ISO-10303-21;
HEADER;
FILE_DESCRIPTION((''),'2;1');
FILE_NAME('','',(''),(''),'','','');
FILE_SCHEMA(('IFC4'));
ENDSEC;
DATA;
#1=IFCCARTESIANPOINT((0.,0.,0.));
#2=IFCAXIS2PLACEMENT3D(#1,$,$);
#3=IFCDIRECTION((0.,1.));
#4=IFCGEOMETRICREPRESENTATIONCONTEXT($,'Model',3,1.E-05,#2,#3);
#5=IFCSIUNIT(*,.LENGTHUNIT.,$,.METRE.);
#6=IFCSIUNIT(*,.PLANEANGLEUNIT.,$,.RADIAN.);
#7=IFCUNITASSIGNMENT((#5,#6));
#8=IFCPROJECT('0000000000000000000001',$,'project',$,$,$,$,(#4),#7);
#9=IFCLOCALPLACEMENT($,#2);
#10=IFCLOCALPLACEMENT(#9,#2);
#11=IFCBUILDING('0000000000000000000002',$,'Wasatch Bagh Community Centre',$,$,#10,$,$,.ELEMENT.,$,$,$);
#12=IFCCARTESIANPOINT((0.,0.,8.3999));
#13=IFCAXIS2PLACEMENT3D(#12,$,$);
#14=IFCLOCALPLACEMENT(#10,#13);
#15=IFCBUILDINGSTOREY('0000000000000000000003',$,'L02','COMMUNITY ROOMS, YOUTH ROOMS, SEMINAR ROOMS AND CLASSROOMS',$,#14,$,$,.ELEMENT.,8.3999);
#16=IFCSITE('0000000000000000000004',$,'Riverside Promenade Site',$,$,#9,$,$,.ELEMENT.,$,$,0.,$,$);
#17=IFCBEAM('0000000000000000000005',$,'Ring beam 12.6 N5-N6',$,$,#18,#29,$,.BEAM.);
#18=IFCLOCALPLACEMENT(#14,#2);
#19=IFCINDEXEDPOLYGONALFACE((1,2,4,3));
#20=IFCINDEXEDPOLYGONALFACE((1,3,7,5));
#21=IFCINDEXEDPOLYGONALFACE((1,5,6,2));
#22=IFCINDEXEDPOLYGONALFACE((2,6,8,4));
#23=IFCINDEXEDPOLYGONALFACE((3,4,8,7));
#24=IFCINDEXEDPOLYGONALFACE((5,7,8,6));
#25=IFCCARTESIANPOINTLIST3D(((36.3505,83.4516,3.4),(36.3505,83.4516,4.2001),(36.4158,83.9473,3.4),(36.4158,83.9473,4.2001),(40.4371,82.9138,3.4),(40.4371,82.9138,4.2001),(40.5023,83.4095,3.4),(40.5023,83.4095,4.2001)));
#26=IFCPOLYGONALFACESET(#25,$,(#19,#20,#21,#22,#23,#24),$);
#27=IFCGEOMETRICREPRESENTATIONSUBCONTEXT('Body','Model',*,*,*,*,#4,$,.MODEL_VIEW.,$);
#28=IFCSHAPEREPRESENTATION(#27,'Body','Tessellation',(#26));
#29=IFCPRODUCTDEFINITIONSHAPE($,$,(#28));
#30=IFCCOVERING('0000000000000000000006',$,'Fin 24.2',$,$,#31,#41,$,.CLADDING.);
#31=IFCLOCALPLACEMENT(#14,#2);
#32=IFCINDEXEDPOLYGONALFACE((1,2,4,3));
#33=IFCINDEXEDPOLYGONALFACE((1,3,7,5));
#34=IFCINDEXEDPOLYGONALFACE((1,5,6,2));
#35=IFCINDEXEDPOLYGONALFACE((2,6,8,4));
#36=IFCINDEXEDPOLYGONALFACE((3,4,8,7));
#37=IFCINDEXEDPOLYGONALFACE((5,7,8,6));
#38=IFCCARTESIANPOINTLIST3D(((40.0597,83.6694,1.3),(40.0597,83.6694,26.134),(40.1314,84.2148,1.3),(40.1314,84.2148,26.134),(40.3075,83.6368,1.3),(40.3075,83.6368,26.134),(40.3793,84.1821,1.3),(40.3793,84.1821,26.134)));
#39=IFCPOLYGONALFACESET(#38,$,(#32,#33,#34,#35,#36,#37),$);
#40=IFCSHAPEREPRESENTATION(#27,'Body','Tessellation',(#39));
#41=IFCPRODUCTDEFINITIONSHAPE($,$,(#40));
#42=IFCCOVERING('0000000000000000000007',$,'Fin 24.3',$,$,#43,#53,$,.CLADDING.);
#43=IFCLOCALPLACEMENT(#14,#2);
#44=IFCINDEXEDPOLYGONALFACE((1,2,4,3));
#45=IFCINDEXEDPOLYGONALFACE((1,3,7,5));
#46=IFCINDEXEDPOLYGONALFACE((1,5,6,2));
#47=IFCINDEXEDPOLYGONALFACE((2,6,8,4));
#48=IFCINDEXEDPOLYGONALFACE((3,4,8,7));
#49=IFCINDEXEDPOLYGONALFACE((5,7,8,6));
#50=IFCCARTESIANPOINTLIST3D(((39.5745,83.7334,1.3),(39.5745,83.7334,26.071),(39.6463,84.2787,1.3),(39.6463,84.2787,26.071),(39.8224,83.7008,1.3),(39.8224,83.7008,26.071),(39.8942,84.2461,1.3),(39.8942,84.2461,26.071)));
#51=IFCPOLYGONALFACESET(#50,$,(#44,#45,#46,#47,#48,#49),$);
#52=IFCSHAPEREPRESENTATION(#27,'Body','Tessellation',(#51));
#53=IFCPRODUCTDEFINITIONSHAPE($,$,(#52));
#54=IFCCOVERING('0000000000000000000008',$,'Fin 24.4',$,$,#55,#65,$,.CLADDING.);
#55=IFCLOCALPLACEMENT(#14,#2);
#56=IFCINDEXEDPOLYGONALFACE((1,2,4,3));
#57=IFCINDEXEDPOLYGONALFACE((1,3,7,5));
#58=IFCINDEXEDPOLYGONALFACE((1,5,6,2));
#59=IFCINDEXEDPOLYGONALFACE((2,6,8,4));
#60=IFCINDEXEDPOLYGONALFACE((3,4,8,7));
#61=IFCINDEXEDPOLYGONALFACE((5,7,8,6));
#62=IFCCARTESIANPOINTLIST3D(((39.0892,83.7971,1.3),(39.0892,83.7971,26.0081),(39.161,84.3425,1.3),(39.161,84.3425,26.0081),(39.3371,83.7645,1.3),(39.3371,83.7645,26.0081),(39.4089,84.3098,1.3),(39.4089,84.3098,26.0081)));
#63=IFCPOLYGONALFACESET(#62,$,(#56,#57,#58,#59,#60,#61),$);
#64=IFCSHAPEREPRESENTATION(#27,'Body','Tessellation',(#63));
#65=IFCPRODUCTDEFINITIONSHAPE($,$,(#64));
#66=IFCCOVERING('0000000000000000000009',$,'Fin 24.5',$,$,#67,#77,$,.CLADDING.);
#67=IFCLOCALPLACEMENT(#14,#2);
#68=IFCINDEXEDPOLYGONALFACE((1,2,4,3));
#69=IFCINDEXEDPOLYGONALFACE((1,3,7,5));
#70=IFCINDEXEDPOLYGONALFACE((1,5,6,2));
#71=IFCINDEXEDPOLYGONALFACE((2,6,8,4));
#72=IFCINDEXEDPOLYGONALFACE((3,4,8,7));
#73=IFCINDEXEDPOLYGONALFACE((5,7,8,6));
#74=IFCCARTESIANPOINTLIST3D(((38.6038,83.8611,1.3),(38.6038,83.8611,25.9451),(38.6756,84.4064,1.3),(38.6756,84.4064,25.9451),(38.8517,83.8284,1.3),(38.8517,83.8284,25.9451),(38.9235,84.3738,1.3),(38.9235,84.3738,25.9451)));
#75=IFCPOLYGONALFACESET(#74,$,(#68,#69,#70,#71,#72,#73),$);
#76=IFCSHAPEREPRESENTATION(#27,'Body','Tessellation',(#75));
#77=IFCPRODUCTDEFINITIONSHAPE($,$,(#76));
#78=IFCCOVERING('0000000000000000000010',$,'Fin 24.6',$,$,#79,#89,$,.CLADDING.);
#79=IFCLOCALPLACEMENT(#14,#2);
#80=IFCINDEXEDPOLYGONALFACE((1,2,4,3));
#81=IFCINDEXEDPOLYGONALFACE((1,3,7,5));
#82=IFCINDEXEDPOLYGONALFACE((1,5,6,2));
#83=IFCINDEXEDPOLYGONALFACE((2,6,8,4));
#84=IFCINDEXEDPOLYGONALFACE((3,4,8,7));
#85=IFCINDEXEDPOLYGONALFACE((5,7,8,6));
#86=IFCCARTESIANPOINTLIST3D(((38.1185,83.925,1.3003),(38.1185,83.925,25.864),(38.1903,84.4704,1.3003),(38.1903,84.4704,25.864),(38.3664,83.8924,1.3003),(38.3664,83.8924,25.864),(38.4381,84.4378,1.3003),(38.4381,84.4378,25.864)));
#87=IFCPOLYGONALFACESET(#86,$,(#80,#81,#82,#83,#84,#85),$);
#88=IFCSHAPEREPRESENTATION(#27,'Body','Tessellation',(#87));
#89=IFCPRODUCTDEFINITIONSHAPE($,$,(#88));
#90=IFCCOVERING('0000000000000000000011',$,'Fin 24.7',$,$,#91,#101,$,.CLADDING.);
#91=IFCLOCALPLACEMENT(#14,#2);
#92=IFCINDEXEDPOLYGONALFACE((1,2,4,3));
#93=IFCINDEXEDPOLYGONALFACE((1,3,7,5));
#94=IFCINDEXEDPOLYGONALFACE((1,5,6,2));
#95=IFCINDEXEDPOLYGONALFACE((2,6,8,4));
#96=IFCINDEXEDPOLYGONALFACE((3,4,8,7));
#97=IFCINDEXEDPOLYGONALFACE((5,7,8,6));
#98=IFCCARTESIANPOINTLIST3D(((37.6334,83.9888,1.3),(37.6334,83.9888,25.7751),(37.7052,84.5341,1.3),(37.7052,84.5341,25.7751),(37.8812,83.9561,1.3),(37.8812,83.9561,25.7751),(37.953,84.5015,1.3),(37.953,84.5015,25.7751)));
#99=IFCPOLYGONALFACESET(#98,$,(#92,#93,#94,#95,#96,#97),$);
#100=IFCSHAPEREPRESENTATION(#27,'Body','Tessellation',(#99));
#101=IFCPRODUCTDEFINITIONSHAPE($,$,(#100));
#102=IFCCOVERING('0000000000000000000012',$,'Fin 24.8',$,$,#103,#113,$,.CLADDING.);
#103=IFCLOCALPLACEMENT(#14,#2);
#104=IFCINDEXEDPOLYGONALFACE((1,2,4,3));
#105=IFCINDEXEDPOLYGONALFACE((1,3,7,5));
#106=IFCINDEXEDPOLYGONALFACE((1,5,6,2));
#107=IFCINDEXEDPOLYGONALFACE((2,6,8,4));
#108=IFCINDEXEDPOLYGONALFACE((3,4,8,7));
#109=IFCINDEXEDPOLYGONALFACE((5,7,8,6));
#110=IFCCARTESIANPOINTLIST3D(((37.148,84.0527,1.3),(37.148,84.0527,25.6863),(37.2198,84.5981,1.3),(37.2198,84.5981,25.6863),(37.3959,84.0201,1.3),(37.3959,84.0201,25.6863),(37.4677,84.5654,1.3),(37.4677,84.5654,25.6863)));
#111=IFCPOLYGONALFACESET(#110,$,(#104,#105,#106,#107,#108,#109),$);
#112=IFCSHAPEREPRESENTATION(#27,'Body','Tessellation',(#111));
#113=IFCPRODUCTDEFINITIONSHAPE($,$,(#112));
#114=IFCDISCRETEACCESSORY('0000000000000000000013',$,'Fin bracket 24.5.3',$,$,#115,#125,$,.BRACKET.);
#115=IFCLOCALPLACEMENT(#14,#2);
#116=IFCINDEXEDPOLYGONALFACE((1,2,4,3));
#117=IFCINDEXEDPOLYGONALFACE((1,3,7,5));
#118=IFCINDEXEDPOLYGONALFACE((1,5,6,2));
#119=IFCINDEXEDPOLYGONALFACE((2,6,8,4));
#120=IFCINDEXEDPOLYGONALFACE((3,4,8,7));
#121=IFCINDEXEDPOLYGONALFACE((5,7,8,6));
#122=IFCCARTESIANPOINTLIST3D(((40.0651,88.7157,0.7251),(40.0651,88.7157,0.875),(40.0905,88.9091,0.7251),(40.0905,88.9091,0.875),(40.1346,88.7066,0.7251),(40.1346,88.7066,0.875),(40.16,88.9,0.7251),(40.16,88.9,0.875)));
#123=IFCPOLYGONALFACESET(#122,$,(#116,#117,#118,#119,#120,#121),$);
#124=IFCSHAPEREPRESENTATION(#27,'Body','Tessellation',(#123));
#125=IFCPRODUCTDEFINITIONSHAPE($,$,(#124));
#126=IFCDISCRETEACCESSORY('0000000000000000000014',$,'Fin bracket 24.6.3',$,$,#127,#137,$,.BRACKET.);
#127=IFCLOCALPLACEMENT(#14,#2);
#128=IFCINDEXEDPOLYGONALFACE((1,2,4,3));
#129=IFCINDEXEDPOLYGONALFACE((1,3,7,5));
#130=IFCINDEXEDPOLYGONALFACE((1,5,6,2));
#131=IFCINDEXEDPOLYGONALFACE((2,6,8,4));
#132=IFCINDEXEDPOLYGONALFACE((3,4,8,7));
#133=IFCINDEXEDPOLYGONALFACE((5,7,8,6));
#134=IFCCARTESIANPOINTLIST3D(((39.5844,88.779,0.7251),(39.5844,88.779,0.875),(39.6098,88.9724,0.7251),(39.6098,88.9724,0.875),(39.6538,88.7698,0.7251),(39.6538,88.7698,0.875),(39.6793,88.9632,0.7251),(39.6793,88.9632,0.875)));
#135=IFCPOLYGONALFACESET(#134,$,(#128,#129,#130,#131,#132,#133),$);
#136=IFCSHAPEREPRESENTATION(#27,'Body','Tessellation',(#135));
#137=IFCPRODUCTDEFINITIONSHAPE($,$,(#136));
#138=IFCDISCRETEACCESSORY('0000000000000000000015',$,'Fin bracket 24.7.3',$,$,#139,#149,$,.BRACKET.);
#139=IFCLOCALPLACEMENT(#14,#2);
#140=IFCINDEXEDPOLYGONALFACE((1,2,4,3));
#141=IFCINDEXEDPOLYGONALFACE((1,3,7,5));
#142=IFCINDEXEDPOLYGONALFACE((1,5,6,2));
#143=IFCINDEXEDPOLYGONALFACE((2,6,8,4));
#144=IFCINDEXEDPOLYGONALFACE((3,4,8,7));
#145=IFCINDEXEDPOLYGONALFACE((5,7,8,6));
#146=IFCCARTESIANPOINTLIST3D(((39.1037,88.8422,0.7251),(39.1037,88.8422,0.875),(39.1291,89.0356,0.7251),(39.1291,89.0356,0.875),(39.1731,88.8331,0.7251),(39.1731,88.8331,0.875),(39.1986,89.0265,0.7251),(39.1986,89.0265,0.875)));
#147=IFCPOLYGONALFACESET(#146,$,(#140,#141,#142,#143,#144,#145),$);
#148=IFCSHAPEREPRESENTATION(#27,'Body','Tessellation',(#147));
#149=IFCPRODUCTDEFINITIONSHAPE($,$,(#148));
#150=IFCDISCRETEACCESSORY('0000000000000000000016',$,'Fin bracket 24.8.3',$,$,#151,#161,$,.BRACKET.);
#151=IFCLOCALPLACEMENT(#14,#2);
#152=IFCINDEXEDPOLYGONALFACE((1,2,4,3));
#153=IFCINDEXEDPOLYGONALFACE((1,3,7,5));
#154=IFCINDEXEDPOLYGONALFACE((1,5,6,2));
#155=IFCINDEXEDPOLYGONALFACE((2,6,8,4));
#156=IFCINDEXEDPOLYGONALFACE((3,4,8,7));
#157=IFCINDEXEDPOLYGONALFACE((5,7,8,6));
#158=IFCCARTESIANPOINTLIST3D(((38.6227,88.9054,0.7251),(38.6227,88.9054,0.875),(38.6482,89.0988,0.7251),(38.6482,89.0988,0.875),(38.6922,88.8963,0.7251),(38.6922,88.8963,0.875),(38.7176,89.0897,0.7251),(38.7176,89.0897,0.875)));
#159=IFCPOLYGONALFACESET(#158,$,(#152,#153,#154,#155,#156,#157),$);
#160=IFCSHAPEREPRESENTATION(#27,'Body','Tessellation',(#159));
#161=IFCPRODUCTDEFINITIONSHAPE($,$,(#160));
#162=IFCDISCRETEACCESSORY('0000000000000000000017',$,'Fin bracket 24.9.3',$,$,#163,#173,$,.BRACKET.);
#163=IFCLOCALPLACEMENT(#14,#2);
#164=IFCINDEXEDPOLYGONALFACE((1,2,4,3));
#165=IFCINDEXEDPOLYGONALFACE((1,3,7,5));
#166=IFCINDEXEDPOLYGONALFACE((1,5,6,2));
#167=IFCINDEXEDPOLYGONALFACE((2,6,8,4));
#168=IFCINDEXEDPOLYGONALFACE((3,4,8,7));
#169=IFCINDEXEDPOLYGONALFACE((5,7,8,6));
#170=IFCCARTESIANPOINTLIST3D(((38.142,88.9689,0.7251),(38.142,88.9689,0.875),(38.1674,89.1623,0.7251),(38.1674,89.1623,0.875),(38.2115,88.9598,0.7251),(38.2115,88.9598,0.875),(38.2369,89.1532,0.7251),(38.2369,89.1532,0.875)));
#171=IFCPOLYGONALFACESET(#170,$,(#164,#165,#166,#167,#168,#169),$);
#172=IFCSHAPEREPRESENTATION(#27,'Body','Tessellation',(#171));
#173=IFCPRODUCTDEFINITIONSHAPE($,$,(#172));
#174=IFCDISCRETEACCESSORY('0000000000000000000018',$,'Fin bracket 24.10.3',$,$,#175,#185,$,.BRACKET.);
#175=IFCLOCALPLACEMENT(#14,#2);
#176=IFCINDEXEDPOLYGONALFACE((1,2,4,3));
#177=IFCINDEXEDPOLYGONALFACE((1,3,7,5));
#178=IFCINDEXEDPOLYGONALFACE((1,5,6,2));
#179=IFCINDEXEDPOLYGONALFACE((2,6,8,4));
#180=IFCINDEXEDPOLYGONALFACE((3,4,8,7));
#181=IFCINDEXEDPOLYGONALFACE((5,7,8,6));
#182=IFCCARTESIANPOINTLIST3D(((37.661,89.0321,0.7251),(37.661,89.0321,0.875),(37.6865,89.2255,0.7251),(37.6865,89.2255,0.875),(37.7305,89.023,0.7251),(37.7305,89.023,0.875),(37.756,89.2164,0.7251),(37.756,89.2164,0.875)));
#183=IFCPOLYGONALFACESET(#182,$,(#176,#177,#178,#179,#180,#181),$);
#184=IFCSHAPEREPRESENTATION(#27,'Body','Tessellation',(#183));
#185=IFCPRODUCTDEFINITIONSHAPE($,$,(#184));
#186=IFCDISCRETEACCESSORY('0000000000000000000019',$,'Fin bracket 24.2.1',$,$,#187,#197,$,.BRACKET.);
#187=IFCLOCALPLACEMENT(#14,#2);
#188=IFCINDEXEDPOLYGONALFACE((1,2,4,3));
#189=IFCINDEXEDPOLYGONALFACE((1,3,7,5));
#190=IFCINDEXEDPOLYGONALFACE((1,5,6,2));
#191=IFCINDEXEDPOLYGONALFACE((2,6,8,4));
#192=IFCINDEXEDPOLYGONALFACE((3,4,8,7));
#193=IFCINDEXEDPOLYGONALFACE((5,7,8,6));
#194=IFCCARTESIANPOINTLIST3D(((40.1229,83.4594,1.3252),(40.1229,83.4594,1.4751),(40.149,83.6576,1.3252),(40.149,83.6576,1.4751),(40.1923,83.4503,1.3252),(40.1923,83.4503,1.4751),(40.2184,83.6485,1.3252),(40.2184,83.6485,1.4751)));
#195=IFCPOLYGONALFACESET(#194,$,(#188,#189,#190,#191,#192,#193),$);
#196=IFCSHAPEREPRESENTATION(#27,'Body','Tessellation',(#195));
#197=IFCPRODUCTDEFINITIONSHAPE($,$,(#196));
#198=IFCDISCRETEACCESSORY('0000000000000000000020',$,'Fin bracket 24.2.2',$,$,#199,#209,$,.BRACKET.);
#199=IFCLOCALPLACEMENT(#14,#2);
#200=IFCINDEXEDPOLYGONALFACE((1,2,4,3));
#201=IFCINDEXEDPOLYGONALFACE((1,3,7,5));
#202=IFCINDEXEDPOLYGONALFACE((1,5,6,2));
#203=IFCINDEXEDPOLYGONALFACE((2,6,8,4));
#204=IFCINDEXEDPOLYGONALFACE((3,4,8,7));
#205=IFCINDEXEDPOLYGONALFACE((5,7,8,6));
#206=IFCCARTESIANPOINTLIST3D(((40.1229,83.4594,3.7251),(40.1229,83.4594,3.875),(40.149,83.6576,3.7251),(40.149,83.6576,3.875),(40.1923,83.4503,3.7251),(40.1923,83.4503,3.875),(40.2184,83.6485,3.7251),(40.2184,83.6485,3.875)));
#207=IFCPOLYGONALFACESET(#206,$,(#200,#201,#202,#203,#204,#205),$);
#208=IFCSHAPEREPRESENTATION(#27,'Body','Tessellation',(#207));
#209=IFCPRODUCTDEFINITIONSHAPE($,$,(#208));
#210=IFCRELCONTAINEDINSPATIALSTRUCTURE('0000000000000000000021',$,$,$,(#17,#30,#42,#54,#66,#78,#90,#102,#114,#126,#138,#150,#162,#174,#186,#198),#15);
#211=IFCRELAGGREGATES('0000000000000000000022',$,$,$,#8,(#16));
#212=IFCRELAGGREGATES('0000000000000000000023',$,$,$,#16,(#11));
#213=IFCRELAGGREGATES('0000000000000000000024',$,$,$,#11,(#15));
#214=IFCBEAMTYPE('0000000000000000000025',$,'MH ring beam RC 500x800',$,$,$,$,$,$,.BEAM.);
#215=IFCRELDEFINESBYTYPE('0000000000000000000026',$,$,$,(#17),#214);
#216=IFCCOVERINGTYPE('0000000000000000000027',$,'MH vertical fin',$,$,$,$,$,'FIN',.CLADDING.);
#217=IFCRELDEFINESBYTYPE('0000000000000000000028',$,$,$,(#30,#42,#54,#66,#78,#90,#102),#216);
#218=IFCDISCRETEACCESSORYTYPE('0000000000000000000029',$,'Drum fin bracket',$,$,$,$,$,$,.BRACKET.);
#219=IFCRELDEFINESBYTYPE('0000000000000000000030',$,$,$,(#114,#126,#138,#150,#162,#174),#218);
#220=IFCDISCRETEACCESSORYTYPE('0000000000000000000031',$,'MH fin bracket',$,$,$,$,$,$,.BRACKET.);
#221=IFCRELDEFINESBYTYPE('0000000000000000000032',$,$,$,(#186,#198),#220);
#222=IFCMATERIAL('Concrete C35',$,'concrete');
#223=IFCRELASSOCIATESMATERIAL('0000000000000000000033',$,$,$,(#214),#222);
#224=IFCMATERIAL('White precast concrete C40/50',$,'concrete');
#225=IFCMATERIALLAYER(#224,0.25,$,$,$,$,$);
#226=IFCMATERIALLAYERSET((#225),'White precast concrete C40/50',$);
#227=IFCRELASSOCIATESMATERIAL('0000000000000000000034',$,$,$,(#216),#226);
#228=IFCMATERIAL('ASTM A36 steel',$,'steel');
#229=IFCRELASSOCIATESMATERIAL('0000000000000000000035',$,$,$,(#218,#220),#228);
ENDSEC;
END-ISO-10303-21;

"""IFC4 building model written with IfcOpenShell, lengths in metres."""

from ifc_helpers import new_model, si_unit, direction, frame, origin, origin_2d, place, context, subcontext, project, spatial, rectangle, extrude, material, layer, layer_set, material_profile, profile_set, type_object, element, save


model = new_model("IFC4")

# Units and contexts
model_context = context("Model", 3, precision=1e-05, world=origin(), true_north=direction((0.0, 1.0)))
body_context = subcontext(model_context, "Body", "Model", "MODEL_VIEW")
ifc_project = project(units=[si_unit("LENGTHUNIT", "METRE"), si_unit("PLANEANGLEUNIT", "RADIAN")], contexts=[model_context])

# Site, building, storey
site_placement = place(None, origin())
site = spatial("IfcSite", under=ifc_project, at=site_placement, Name="Riverside Promenade Site", CompositionType="ELEMENT", RefElevation=0.0)
building_placement = place(site_placement, origin())
building = spatial("IfcBuilding", under=site, at=building_placement, Name="Wasatch Bagh Community Centre", CompositionType="ELEMENT")
storey_placement = place(building_placement, frame((0.0, 0.0, 8.3999)))
storey = spatial("IfcBuildingStorey", under=building, at=storey_placement, Name="L02", Description="COMMUNITY ROOMS, YOUTH ROOMS, SEMINAR ROOMS AND CLASSROOMS", CompositionType="ELEMENT", Elevation=8.3999)

# Beam
ifc_material_1 = material(Name="Concrete C35", Category="concrete")
ifc_material_profile = material_profile(ifc_material_1, rectangle(XDim=0.5, YDim=0.8, at=origin_2d()), Name="RC 500x800")
ifc_profile_set = profile_set([ifc_material_profile], Name="Concrete C35")
beam_type = type_object("IfcBeamType", Name="MH ring beam RC 500x800", PredefinedType="BEAM", material=ifc_profile_set)
beam_placement = place(storey_placement, frame((40.4697, 83.1616, 3.8), z_axis=(-0.99145, 0.130484, 0.0), x_axis=(-0.130484, -0.99145, 0.0)))
element("IfcBeam", 1, at=beam_placement, inside=storey, type_object=beam_type, Name="Ring beam 12.6 N5-N6", PredefinedType="BEAM", context=body_context, shape_type="SweptSolid", body=[
    extrude(rectangle(XDim=0.5, YDim=0.8, at=origin_2d()), origin(), (0.0, 0.0, 1.0), 4.1218),
])

# Coverings
ifc_material_2 = material(Name="White precast concrete C40/50", Category="concrete")
ifc_layer = layer(ifc_material_2, 0.25)
ifc_layer_set = layer_set([ifc_layer], Name="White precast concrete C40/50")
covering_type = type_object("IfcCoveringType", Name="MH vertical fin", ElementType="FIN", PredefinedType="CLADDING", material=ifc_layer_set)
covering_1_placement = place(storey_placement, frame((40.2195, 83.9258, 1.3), z_axis=(0.0, 0.0, 1.0), x_axis=(-0.991445, 0.130526, 0.0)))
element("IfcCovering", 2, at=covering_1_placement, inside=storey, type_object=covering_type, Name="Fin 24.2", PredefinedType="CLADDING", context=body_context, shape_type="SweptSolid", body=[
    extrude(rectangle(XDim=0.25, YDim=0.55, at=origin_2d()), origin(), (0.0, 0.0, 1.0), 24.834),
])
covering_2_placement = place(storey_placement, frame((39.7344, 83.9897, 1.3), z_axis=(0.0, 0.0, 1.0), x_axis=(-0.991445, 0.130526, 0.0)))
element("IfcCovering", 3, at=covering_2_placement, inside=storey, type_object=covering_type, Name="Fin 24.3", PredefinedType="CLADDING", context=body_context, shape_type="SweptSolid", body=[
    extrude(rectangle(XDim=0.25, YDim=0.55, at=origin_2d()), origin(), (0.0, 0.0, 1.0), 24.771),
])
covering_3_placement = place(storey_placement, frame((39.249, 84.0535, 1.3), z_axis=(0.0, 0.0, 1.0), x_axis=(-0.991445, 0.130526, 0.0)))
element("IfcCovering", 4, at=covering_3_placement, inside=storey, type_object=covering_type, Name="Fin 24.4", PredefinedType="CLADDING", context=body_context, shape_type="SweptSolid", body=[
    extrude(rectangle(XDim=0.25, YDim=0.55, at=origin_2d()), origin(), (0.0, 0.0, 1.0), 24.708),
])
covering_4_placement = place(storey_placement, frame((38.7637, 84.1174, 1.3), z_axis=(0.0, 0.0, 1.0), x_axis=(-0.991445, 0.130526, 0.0)))
element("IfcCovering", 5, at=covering_4_placement, inside=storey, type_object=covering_type, Name="Fin 24.5", PredefinedType="CLADDING", context=body_context, shape_type="SweptSolid", body=[
    extrude(rectangle(XDim=0.25, YDim=0.55, at=origin_2d()), origin(), (0.0, 0.0, 1.0), 24.645),
])
covering_5_placement = place(storey_placement, frame((38.2783, 84.1814, 1.3003), z_axis=(0.0, 0.0, 1.0), x_axis=(-0.991445, 0.130526, 0.0)))
element("IfcCovering", 6, at=covering_5_placement, inside=storey, type_object=covering_type, Name="Fin 24.6", PredefinedType="CLADDING", context=body_context, shape_type="SweptSolid", body=[
    extrude(rectangle(XDim=0.25, YDim=0.55, at=origin_2d()), origin(), (0.0, 0.0, 1.0), 24.5637),
])
covering_6_placement = place(storey_placement, frame((37.7932, 84.2451, 1.3), z_axis=(0.0, 0.0, 1.0), x_axis=(-0.991445, 0.130526, 0.0)))
element("IfcCovering", 7, at=covering_6_placement, inside=storey, type_object=covering_type, Name="Fin 24.7", PredefinedType="CLADDING", context=body_context, shape_type="SweptSolid", body=[
    extrude(rectangle(XDim=0.25, YDim=0.55, at=origin_2d()), origin(), (0.0, 0.0, 1.0), 24.4751),
])
covering_7_placement = place(storey_placement, frame((37.3079, 84.3091, 1.3), z_axis=(0.0, 0.0, 1.0), x_axis=(-0.991445, 0.130526, 0.0)))
element("IfcCovering", 8, at=covering_7_placement, inside=storey, type_object=covering_type, Name="Fin 24.8", PredefinedType="CLADDING", context=body_context, shape_type="SweptSolid", body=[
    extrude(rectangle(XDim=0.25, YDim=0.55, at=origin_2d()), origin(), (0.0, 0.0, 1.0), 24.3862),
])

# Discrete accessories
ifc_material_3 = material(Name="ASTM A36 steel", Category="steel")
discrete_accessory_type_1 = type_object("IfcDiscreteAccessoryType", Name="Drum fin bracket", PredefinedType="BRACKET", material=ifc_material_3)
for number, where, z_axis, x_axis, name in (
    (9, (40.1125, 88.8079, 0.7251), (0.0, 0.0, 1.0), (-0.991445, 0.130526, 0.0), "Fin bracket 24.5.3"),
    (10, (39.6318, 88.8711, 0.7251), (0.0, 0.0, 1.0), (-0.991445, 0.130526, 0.0), "Fin bracket 24.6.3"),
    (11, (39.1511, 88.9343, 0.7251), (0.0, 0.0, 1.0), (-0.991445, 0.130526, 0.0), "Fin bracket 24.7.3"),
    (12, (38.6702, 88.9976, 0.7251), (0.0, 0.0, 1.0), (-0.991445, 0.130526, 0.0), "Fin bracket 24.8.3"),
    (13, (38.1895, 89.061, 0.7251), (0.0, 0.0, 1.0), (-0.991445, 0.130526, 0.0), "Fin bracket 24.9.3"),
    (14, (37.7085, 89.1243, 0.7251), (0.0, 0.0, 1.0), (-0.991445, 0.130526, 0.0), "Fin bracket 24.10.3"),
):
    element("IfcDiscreteAccessory", number, at=place(storey_placement, frame(where, z_axis=z_axis, x_axis=x_axis)), inside=storey, type_object=discrete_accessory_type_1, Name=name, PredefinedType="BRACKET", context=body_context, shape_type="SweptSolid", body=[
        extrude(rectangle(XDim=0.0701, YDim=0.1951, at=origin_2d()), origin(), (0.0, 0.0, 1.0), 0.1499),
    ])
discrete_accessory_type_2 = type_object("IfcDiscreteAccessoryType", Name="MH fin bracket", PredefinedType="BRACKET", material=ifc_material_3)
for number, where, z_axis, x_axis, name in (
    (15, (40.1707, 83.554, 1.3252), (0.0, 0.0, 1.0), (-0.991445, 0.130526, 0.0), "Fin bracket 24.2.1"),
    (16, (40.1707, 83.554, 3.7251), (0.0, 0.0, 1.0), (-0.991445, 0.130526, 0.0), "Fin bracket 24.2.2"),
):
    element("IfcDiscreteAccessory", number, at=place(storey_placement, frame(where, z_axis=z_axis, x_axis=x_axis)), inside=storey, type_object=discrete_accessory_type_2, Name=name, PredefinedType="BRACKET", context=body_context, shape_type="SweptSolid", body=[
        extrude(rectangle(XDim=0.0701, YDim=0.2, at=origin_2d()), origin(), (0.0, 0.0, 1.0), 0.1499),
    ])

save(model, "model.ifc")
